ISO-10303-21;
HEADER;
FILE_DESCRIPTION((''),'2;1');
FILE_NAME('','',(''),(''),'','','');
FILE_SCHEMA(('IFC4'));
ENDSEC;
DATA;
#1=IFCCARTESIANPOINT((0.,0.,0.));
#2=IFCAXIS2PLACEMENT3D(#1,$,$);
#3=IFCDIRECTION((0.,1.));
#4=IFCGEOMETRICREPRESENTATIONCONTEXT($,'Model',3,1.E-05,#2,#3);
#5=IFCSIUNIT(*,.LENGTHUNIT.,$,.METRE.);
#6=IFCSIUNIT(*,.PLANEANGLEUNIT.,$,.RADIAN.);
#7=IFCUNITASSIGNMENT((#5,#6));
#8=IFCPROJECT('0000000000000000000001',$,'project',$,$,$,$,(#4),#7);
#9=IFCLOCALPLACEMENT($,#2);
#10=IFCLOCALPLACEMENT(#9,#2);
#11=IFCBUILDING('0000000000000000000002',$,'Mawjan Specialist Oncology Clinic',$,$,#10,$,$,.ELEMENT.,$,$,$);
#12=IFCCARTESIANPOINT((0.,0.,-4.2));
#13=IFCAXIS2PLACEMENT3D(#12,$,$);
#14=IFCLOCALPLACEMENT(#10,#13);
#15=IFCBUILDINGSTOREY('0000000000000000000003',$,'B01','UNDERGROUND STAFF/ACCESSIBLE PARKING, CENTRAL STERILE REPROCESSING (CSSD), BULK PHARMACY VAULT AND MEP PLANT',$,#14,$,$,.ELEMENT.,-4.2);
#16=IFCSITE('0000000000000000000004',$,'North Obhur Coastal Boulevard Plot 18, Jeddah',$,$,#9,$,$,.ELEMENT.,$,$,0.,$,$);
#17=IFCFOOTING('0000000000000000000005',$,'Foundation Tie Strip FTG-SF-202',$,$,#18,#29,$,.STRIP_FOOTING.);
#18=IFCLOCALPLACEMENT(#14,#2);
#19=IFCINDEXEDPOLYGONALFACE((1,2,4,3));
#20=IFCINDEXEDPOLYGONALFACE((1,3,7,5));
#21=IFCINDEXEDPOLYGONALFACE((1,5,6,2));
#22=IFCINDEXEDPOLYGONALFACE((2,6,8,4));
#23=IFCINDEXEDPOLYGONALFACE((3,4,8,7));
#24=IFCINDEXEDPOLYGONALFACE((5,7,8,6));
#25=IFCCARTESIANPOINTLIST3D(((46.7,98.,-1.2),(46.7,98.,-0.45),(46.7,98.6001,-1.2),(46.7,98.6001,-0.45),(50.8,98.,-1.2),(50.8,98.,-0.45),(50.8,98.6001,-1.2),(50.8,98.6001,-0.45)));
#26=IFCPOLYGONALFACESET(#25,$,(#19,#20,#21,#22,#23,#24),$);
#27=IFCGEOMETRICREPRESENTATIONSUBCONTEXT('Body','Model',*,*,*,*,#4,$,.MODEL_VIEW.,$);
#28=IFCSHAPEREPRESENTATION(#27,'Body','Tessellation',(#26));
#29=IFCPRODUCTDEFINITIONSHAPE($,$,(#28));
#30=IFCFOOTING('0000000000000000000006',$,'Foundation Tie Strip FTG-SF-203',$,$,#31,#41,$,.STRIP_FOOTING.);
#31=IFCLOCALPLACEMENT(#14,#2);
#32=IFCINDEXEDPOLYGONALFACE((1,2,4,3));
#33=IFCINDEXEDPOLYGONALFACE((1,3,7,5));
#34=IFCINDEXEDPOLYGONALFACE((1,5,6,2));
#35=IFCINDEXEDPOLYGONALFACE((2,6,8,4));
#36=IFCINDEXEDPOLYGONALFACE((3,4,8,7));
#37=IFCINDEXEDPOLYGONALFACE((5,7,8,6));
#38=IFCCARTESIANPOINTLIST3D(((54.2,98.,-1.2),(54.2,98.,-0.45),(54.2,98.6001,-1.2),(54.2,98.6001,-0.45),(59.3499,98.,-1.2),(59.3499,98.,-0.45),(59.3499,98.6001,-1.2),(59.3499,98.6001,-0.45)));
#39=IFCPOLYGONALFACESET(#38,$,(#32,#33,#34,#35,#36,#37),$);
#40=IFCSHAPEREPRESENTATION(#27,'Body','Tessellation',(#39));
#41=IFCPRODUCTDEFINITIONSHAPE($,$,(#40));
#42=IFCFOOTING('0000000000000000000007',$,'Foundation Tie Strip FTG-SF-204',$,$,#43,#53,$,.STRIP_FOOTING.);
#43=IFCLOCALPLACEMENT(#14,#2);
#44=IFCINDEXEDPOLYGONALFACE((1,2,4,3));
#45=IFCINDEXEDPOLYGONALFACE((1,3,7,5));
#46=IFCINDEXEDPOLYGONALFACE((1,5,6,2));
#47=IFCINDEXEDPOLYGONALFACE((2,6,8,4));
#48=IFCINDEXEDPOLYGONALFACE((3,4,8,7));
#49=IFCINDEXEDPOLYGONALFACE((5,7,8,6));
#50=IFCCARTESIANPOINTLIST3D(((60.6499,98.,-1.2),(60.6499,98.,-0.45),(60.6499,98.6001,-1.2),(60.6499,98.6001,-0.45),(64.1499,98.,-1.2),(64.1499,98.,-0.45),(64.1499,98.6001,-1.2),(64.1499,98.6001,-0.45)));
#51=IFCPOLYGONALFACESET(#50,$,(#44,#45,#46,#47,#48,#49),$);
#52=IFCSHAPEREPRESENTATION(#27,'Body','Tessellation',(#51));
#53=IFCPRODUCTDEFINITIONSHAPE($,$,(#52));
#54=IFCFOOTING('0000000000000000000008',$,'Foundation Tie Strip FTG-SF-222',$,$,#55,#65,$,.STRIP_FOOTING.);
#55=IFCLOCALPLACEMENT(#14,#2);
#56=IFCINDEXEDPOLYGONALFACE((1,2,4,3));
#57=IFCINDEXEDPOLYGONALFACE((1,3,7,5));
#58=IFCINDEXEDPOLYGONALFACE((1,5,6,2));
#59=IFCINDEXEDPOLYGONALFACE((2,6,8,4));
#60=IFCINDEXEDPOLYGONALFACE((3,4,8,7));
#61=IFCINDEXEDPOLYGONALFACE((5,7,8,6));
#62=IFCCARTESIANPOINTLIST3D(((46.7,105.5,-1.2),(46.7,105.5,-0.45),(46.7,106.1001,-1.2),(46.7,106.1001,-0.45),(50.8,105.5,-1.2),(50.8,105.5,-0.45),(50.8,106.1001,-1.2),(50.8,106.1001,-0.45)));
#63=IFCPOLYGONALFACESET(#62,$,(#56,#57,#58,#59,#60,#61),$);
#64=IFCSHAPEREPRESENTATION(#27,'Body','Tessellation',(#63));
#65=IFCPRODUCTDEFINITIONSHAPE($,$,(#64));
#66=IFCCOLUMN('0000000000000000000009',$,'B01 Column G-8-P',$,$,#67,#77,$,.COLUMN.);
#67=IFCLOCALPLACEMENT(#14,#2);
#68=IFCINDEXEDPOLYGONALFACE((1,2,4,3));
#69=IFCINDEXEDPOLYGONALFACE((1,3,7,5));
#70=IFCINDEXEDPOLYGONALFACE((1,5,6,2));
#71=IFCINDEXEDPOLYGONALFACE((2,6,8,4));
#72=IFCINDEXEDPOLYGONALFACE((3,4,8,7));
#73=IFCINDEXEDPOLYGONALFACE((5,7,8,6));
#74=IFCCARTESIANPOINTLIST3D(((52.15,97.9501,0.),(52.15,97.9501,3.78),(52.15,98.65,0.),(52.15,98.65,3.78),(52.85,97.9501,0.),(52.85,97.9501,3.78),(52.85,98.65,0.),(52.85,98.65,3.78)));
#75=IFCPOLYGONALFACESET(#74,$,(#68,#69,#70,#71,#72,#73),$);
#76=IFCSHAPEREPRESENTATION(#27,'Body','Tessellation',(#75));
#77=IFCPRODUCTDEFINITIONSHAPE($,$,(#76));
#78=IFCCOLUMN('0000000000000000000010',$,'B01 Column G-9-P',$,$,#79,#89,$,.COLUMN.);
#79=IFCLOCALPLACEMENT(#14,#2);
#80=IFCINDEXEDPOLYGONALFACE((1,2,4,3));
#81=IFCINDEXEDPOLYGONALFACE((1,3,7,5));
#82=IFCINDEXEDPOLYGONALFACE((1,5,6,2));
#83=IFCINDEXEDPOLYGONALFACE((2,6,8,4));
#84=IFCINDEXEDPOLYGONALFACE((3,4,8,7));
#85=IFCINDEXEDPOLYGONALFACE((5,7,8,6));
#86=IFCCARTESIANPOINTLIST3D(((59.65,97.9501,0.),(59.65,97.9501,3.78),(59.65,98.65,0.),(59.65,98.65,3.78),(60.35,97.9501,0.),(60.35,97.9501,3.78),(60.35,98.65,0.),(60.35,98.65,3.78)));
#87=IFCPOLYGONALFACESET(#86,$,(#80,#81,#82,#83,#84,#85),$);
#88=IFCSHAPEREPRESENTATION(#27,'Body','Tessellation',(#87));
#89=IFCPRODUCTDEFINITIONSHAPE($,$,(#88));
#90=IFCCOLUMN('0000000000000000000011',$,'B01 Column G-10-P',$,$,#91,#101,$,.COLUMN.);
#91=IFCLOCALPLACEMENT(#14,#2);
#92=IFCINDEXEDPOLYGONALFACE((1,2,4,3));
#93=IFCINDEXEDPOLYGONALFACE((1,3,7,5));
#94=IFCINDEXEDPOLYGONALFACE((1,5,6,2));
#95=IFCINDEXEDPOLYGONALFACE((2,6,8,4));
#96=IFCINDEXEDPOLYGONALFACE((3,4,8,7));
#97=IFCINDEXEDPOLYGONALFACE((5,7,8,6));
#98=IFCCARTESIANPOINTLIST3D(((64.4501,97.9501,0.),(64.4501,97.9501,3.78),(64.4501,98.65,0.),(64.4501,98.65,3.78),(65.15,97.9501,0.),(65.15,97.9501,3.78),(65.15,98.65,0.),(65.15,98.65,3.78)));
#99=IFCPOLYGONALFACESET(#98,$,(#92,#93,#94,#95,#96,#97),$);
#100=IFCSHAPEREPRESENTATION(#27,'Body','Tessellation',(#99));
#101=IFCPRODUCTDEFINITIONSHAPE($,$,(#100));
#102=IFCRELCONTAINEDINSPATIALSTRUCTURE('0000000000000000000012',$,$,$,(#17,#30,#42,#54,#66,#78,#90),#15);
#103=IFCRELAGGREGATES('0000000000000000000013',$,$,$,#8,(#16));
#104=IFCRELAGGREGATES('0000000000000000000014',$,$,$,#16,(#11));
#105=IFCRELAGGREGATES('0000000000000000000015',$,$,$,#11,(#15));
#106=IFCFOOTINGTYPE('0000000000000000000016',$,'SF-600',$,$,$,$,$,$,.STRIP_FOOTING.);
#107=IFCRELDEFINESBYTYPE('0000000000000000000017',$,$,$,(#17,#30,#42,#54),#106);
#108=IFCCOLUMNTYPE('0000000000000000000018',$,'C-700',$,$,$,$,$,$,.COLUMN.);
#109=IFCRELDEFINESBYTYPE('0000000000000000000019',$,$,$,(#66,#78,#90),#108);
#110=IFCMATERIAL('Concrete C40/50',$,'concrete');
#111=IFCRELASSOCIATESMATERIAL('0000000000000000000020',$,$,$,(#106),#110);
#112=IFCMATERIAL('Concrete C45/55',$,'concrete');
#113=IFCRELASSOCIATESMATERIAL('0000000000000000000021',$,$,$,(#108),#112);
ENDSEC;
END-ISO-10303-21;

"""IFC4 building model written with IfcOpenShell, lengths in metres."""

from ifc_helpers import new_model, si_unit, direction, frame, origin, origin_2d, place, context, subcontext, project, spatial, rectangle, extrude, material, material_profile, profile_set, type_object, element, save


model = new_model("IFC4")

# Units and contexts
model_context = context("Model", 3, precision=1e-05, world=origin(), true_north=direction((0.0, 1.0)))
body_context = subcontext(model_context, "Body", "Model", "MODEL_VIEW")
ifc_project = project(units=[si_unit("LENGTHUNIT", "METRE"), si_unit("PLANEANGLEUNIT", "RADIAN")], contexts=[model_context])

# Site, building, storey
site_placement = place(None, origin())
site = spatial("IfcSite", under=ifc_project, at=site_placement, Name="North Obhur Coastal Boulevard Plot 18, Jeddah", CompositionType="ELEMENT", RefElevation=0.0)
building_placement = place(site_placement, origin())
building = spatial("IfcBuilding", under=site, at=building_placement, Name="Mawjan Specialist Oncology Clinic", CompositionType="ELEMENT")
storey_placement = place(building_placement, frame((0.0, 0.0, -4.2)))
storey = spatial("IfcBuildingStorey", under=building, at=storey_placement, Name="B01", Description="UNDERGROUND STAFF/ACCESSIBLE PARKING, CENTRAL STERILE REPROCESSING (CSSD), BULK PHARMACY VAULT AND MEP PLANT", CompositionType="ELEMENT", Elevation=-4.2)

# Footings
ifc_material_1 = material(Name="Concrete C40/50", Category="concrete")
footing_type_1 = type_object("IfcFootingType", Name="SF-600", PredefinedType="STRIP_FOOTING", material=ifc_material_1)
footing_1_placement = place(storey_placement, frame((48.75, 98.3, -1.2), z_axis=(0.0, 0.0, 1.0), x_axis=(1.0, 0.0, 0.0)))
element("IfcFooting", 1, at=footing_1_placement, inside=storey, type_object=footing_type_1, Name="Foundation Tie Strip FTG-SF-202", PredefinedType="STRIP_FOOTING", context=body_context, shape_type="SweptSolid", body=[
    extrude(rectangle(XDim=4.1001, YDim=0.6001, at=origin_2d()), origin(), (0.0, 0.0, 1.0), 0.75),
])
footing_2_placement = place(storey_placement, frame((56.7749, 98.3, -1.2), z_axis=(0.0, 0.0, 1.0), x_axis=(1.0, 0.0, 0.0)))
element("IfcFooting", 2, at=footing_2_placement, inside=storey, type_object=footing_type_1, Name="Foundation Tie Strip FTG-SF-203", PredefinedType="STRIP_FOOTING", context=body_context, shape_type="SweptSolid", body=[
    extrude(rectangle(XDim=5.1499, YDim=0.6001, at=origin_2d()), origin(), (0.0, 0.0, 1.0), 0.75),
])
footing_3_placement = place(storey_placement, frame((62.3999, 98.3, -1.2), z_axis=(0.0, 0.0, 1.0), x_axis=(1.0, 0.0, 0.0)))
element("IfcFooting", 3, at=footing_3_placement, inside=storey, type_object=footing_type_1, Name="Foundation Tie Strip FTG-SF-204", PredefinedType="STRIP_FOOTING", context=body_context, shape_type="SweptSolid", body=[
    extrude(rectangle(XDim=3.5, YDim=0.6001, at=origin_2d()), origin(), (0.0, 0.0, 1.0), 0.75),
])
footing_4_placement = place(storey_placement, frame((48.75, 105.8, -1.2), z_axis=(0.0, 0.0, 1.0), x_axis=(1.0, 0.0, 0.0)))
element("IfcFooting", 4, at=footing_4_placement, inside=storey, type_object=footing_type_1, Name="Foundation Tie Strip FTG-SF-222", PredefinedType="STRIP_FOOTING", context=body_context, shape_type="SweptSolid", body=[
    extrude(rectangle(XDim=4.1001, YDim=0.6001, at=origin_2d()), origin(), (0.0, 0.0, 1.0), 0.75),
])

# Columns
ifc_material_2 = material(Name="Concrete C45/55", Category="concrete")
ifc_material_profile_1 = material_profile(ifc_material_2, rectangle(XDim=0.7, YDim=0.7, at=origin_2d()), Name="RC COL 700x700", Category="concrete")
ifc_profile_set_1 = profile_set([ifc_material_profile_1], Name="Concrete C45/55")
column_type = type_object("IfcColumnType", Name="C-700", PredefinedType="COLUMN", material=ifc_profile_set_1)
for number, where, z_axis, x_axis, name in (
    (5, (52.5, 98.3, 0.0), (0.0, 0.0, 1.0), (1.0, 0.0, 0.0), "B01 Column G-8-P"),
    (6, (60.0, 98.3, 0.0), (0.0, 0.0, 1.0), (1.0, 0.0, 0.0), "B01 Column G-9-P"),
    (7, (64.8, 98.3, 0.0), (0.0, 0.0, 1.0), (1.0, 0.0, 0.0), "B01 Column G-10-P"),
):
    element("IfcColumn", number, at=place(storey_placement, frame(where, z_axis=z_axis, x_axis=x_axis)), inside=storey, type_object=column_type, Name=name, PredefinedType="COLUMN", context=body_context, shape_type="SweptSolid", body=[
        extrude(rectangle(XDim=0.7, YDim=0.7, at=origin_2d()), origin(), (0.0, 0.0, 1.0), 3.78),
    ])

save(model, "model.ifc")
